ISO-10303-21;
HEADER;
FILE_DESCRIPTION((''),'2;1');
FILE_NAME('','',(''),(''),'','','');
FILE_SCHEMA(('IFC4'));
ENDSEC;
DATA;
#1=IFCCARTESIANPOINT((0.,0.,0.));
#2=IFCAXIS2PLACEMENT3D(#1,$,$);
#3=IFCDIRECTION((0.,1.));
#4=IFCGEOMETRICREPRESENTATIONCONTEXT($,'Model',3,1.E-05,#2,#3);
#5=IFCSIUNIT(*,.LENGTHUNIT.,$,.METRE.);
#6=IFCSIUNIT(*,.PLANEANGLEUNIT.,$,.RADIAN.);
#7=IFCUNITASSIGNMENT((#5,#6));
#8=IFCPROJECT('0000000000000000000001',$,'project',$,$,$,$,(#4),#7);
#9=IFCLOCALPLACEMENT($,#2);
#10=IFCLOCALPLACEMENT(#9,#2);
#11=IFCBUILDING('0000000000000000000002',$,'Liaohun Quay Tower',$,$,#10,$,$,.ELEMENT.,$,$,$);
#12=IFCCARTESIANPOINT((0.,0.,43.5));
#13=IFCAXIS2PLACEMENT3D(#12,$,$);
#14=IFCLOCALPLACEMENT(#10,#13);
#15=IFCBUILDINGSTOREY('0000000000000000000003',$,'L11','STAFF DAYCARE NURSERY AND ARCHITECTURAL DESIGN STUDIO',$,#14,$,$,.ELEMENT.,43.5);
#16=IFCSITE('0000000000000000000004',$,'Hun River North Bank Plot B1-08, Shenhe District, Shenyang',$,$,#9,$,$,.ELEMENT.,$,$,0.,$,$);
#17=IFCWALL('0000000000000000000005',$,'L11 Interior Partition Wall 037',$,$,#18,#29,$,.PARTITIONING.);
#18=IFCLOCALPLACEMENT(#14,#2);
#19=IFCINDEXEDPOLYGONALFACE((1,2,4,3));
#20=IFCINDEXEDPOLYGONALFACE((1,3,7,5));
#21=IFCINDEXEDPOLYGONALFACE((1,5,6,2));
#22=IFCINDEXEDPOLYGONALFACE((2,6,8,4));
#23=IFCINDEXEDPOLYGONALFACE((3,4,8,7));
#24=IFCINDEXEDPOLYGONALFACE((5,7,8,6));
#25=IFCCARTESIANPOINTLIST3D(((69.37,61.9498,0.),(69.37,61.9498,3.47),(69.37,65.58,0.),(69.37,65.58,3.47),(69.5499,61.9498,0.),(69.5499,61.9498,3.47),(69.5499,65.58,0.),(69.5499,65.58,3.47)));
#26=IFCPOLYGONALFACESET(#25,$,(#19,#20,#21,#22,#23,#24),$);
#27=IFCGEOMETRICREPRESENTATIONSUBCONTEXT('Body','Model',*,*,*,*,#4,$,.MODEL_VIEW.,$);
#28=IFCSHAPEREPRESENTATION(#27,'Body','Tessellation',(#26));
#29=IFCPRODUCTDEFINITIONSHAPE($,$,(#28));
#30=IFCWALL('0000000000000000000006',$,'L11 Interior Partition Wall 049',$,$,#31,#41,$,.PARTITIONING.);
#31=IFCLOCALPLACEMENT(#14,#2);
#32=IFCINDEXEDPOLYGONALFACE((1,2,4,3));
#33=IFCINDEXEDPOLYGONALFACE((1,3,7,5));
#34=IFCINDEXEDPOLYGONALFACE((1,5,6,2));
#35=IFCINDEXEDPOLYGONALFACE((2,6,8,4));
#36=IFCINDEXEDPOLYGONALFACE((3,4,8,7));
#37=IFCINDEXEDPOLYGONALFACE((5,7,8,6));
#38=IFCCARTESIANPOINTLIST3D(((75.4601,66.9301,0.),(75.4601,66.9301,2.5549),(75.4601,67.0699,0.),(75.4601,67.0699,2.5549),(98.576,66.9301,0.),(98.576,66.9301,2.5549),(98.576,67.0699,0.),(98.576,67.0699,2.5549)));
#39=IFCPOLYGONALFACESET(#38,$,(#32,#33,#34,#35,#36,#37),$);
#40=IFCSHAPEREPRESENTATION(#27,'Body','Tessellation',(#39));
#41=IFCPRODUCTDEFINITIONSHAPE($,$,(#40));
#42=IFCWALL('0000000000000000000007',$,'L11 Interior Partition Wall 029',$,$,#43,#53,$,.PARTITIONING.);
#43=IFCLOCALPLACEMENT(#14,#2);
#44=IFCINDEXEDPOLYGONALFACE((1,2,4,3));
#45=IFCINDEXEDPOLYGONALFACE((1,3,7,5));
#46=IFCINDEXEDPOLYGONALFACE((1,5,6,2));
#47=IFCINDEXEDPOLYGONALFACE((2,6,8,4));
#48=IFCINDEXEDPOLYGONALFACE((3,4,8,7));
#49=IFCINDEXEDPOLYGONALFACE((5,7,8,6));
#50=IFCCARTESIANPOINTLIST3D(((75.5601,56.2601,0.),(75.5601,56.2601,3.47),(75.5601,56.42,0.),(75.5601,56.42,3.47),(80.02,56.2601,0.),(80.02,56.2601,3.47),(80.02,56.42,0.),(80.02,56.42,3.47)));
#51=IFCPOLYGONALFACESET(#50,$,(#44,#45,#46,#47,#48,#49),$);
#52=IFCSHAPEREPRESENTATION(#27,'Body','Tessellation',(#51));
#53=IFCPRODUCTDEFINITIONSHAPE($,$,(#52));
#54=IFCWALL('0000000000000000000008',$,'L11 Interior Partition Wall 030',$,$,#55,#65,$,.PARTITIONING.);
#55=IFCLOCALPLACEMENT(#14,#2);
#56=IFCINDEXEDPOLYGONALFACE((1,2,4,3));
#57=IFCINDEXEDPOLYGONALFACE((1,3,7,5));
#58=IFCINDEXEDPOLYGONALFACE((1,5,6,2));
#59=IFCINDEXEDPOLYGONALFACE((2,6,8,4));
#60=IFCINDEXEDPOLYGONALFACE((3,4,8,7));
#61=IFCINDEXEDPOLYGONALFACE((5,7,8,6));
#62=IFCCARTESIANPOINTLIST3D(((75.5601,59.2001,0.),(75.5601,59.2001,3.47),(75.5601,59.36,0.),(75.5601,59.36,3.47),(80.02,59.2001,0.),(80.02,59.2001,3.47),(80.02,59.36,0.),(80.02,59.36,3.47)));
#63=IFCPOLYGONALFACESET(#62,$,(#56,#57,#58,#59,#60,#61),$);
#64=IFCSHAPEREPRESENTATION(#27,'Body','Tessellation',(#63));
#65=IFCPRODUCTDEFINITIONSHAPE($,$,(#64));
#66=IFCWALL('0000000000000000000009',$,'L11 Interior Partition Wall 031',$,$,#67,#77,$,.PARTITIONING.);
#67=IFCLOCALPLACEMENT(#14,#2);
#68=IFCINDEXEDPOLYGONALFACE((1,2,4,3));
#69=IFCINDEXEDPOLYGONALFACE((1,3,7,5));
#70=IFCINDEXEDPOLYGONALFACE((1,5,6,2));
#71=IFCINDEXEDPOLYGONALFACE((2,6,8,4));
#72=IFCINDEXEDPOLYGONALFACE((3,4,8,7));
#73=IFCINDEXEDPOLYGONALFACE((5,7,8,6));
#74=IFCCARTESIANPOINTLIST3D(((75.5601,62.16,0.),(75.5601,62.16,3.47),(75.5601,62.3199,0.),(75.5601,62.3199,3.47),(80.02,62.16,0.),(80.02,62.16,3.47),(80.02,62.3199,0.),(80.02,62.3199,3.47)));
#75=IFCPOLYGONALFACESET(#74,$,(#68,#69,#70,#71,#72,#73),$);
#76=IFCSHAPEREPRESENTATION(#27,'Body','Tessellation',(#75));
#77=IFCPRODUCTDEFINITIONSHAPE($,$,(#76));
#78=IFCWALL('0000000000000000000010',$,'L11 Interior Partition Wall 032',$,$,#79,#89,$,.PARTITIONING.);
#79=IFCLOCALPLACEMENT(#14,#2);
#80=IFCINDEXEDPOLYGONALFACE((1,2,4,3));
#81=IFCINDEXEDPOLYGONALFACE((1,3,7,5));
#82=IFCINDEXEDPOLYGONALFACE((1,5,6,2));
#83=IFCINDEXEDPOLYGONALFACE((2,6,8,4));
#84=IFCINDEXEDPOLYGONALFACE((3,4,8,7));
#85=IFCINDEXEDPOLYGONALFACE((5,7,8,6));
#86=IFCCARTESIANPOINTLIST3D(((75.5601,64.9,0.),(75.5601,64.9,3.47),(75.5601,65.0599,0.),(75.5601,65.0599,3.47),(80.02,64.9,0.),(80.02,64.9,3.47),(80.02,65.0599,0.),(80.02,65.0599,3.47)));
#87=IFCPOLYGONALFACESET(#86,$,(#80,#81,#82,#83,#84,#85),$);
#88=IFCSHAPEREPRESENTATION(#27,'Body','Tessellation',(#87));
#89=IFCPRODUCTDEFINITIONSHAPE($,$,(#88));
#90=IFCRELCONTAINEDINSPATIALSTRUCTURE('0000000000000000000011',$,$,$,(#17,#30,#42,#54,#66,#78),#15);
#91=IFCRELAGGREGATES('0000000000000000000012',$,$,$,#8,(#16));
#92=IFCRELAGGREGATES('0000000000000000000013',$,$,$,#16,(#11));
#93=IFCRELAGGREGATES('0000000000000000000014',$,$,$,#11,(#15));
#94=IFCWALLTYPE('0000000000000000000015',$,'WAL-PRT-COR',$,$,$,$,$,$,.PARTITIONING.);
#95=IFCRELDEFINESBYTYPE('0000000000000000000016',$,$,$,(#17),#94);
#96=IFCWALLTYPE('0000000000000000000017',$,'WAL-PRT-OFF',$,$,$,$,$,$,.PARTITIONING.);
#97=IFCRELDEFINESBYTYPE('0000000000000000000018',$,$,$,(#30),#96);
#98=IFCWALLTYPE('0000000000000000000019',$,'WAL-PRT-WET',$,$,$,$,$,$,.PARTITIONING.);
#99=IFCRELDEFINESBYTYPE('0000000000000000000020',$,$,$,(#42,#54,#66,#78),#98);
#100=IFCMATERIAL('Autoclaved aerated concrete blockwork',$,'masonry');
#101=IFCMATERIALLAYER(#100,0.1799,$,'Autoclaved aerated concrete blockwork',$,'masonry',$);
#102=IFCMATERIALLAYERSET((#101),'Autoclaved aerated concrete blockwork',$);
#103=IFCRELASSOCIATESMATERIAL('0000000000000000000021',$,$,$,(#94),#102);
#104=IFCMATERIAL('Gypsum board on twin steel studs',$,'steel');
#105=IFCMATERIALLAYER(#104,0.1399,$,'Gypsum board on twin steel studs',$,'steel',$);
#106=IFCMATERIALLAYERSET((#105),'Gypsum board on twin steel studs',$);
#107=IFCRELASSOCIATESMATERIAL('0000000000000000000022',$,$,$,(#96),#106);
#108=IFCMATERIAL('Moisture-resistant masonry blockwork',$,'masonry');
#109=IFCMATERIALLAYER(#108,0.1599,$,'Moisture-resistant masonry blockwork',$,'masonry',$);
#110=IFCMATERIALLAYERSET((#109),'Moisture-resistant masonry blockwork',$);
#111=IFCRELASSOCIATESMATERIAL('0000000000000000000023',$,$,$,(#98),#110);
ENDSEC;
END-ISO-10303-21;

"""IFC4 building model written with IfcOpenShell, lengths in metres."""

from ifc_helpers import new_model, si_unit, direction, frame, frame_2d, origin, place, context, subcontext, project, spatial, rectangle, extrude, material, layer, layer_set, type_object, element, save


model = new_model("IFC4")

# Units and contexts
model_context = context("Model", 3, precision=1e-05, world=origin(), true_north=direction((0.0, 1.0)))
body_context = subcontext(model_context, "Body", "Model", "MODEL_VIEW")
ifc_project = project(units=[si_unit("LENGTHUNIT", "METRE"), si_unit("PLANEANGLEUNIT", "RADIAN")], contexts=[model_context])

# Site, building, storey
site_placement = place(None, origin())
site = spatial("IfcSite", under=ifc_project, at=site_placement, Name="Hun River North Bank Plot B1-08, Shenhe District, Shenyang", CompositionType="ELEMENT", RefElevation=0.0)
building_placement = place(site_placement, origin())
building = spatial("IfcBuilding", under=site, at=building_placement, Name="Liaohun Quay Tower", CompositionType="ELEMENT")
storey_placement = place(building_placement, frame((0.0, 0.0, 43.5)))
storey = spatial("IfcBuildingStorey", under=building, at=storey_placement, Name="L11", Description="STAFF DAYCARE NURSERY AND ARCHITECTURAL DESIGN STUDIO", CompositionType="ELEMENT", Elevation=43.5)

# Shared definitions
ifc_material_1 = material(Name="Autoclaved aerated concrete blockwork", Category="masonry")
ifc_layer_1 = layer(ifc_material_1, 0.1799, Name="Autoclaved aerated concrete blockwork", Category="masonry")
ifc_layer_set_1 = layer_set([ifc_layer_1], Name="Autoclaved aerated concrete blockwork")
wall_type_1 = type_object("IfcWallType", Name="WAL-PRT-COR", PredefinedType="PARTITIONING", material=ifc_layer_set_1)

# Walls
wall_1_placement = place(storey_placement, frame((69.46, 61.95, 0.0), z_axis=(0.0, 0.0, 1.0), x_axis=(0.0, 1.0, 0.0)))
element("IfcWall", 1, at=wall_1_placement, inside=storey, type_object=wall_type_1, Name="L11 Interior Partition Wall 037", PredefinedType="PARTITIONING", context=body_context, shape_type="SweptSolid", body=[
    extrude(rectangle(XDim=3.6301, YDim=0.1799, at=frame_2d((1.8149, 0.0))), origin(), (0.0, 0.0, 1.0), 3.47),
])
ifc_material_2 = material(Name="Gypsum board on twin steel studs", Category="steel")
ifc_layer_2 = layer(ifc_material_2, 0.1399, Name="Gypsum board on twin steel studs", Category="steel")
ifc_layer_set_2 = layer_set([ifc_layer_2], Name="Gypsum board on twin steel studs")
wall_type_2 = type_object("IfcWallType", Name="WAL-PRT-OFF", PredefinedType="PARTITIONING", material=ifc_layer_set_2)
wall_2_placement = place(storey_placement, frame((75.46, 67.0, 0.0), z_axis=(0.0, 0.0, 1.0), x_axis=(1.0, 0.0, 0.0)))
element("IfcWall", 2, at=wall_2_placement, inside=storey, type_object=wall_type_2, Name="L11 Interior Partition Wall 049", PredefinedType="PARTITIONING", context=body_context, shape_type="SweptSolid", body=[
    extrude(rectangle(XDim=23.116, YDim=0.1399, at=frame_2d((11.5581, 0.0))), origin(), (0.0, 0.0, 1.0), 2.5549),
])

# Shared definitions
ifc_material_3 = material(Name="Moisture-resistant masonry blockwork", Category="masonry")
ifc_layer_3 = layer(ifc_material_3, 0.1599, Name="Moisture-resistant masonry blockwork", Category="masonry")
ifc_layer_set_3 = layer_set([ifc_layer_3], Name="Moisture-resistant masonry blockwork")
wall_type_3 = type_object("IfcWallType", Name="WAL-PRT-WET", PredefinedType="PARTITIONING", material=ifc_layer_set_3)

# Walls
for number, where, z_axis, x_axis, name in (
    (3, (75.5601, 56.3401, 0.0), (0.0, 0.0, 1.0), (1.0, 0.0, 0.0), "L11 Interior Partition Wall 029"),
    (4, (75.5601, 59.28, 0.0), (0.0, 0.0, 1.0), (1.0, 0.0, 0.0), "L11 Interior Partition Wall 030"),
    (5, (75.5601, 62.24, 0.0), (0.0, 0.0, 1.0), (1.0, 0.0, 0.0), "L11 Interior Partition Wall 031"),
    (6, (75.5601, 64.98, 0.0), (0.0, 0.0, 1.0), (1.0, 0.0, 0.0), "L11 Interior Partition Wall 032"),
):
    element("IfcWall", number, at=place(storey_placement, frame(where, z_axis=z_axis, x_axis=x_axis)), inside=storey, type_object=wall_type_3, Name=name, PredefinedType="PARTITIONING", context=body_context, shape_type="SweptSolid", body=[
        extrude(rectangle(XDim=4.46, YDim=0.1599, at=frame_2d((2.23, 0.0))), origin(), (0.0, 0.0, 1.0), 3.47),
    ])

save(model, "model.ifc")
